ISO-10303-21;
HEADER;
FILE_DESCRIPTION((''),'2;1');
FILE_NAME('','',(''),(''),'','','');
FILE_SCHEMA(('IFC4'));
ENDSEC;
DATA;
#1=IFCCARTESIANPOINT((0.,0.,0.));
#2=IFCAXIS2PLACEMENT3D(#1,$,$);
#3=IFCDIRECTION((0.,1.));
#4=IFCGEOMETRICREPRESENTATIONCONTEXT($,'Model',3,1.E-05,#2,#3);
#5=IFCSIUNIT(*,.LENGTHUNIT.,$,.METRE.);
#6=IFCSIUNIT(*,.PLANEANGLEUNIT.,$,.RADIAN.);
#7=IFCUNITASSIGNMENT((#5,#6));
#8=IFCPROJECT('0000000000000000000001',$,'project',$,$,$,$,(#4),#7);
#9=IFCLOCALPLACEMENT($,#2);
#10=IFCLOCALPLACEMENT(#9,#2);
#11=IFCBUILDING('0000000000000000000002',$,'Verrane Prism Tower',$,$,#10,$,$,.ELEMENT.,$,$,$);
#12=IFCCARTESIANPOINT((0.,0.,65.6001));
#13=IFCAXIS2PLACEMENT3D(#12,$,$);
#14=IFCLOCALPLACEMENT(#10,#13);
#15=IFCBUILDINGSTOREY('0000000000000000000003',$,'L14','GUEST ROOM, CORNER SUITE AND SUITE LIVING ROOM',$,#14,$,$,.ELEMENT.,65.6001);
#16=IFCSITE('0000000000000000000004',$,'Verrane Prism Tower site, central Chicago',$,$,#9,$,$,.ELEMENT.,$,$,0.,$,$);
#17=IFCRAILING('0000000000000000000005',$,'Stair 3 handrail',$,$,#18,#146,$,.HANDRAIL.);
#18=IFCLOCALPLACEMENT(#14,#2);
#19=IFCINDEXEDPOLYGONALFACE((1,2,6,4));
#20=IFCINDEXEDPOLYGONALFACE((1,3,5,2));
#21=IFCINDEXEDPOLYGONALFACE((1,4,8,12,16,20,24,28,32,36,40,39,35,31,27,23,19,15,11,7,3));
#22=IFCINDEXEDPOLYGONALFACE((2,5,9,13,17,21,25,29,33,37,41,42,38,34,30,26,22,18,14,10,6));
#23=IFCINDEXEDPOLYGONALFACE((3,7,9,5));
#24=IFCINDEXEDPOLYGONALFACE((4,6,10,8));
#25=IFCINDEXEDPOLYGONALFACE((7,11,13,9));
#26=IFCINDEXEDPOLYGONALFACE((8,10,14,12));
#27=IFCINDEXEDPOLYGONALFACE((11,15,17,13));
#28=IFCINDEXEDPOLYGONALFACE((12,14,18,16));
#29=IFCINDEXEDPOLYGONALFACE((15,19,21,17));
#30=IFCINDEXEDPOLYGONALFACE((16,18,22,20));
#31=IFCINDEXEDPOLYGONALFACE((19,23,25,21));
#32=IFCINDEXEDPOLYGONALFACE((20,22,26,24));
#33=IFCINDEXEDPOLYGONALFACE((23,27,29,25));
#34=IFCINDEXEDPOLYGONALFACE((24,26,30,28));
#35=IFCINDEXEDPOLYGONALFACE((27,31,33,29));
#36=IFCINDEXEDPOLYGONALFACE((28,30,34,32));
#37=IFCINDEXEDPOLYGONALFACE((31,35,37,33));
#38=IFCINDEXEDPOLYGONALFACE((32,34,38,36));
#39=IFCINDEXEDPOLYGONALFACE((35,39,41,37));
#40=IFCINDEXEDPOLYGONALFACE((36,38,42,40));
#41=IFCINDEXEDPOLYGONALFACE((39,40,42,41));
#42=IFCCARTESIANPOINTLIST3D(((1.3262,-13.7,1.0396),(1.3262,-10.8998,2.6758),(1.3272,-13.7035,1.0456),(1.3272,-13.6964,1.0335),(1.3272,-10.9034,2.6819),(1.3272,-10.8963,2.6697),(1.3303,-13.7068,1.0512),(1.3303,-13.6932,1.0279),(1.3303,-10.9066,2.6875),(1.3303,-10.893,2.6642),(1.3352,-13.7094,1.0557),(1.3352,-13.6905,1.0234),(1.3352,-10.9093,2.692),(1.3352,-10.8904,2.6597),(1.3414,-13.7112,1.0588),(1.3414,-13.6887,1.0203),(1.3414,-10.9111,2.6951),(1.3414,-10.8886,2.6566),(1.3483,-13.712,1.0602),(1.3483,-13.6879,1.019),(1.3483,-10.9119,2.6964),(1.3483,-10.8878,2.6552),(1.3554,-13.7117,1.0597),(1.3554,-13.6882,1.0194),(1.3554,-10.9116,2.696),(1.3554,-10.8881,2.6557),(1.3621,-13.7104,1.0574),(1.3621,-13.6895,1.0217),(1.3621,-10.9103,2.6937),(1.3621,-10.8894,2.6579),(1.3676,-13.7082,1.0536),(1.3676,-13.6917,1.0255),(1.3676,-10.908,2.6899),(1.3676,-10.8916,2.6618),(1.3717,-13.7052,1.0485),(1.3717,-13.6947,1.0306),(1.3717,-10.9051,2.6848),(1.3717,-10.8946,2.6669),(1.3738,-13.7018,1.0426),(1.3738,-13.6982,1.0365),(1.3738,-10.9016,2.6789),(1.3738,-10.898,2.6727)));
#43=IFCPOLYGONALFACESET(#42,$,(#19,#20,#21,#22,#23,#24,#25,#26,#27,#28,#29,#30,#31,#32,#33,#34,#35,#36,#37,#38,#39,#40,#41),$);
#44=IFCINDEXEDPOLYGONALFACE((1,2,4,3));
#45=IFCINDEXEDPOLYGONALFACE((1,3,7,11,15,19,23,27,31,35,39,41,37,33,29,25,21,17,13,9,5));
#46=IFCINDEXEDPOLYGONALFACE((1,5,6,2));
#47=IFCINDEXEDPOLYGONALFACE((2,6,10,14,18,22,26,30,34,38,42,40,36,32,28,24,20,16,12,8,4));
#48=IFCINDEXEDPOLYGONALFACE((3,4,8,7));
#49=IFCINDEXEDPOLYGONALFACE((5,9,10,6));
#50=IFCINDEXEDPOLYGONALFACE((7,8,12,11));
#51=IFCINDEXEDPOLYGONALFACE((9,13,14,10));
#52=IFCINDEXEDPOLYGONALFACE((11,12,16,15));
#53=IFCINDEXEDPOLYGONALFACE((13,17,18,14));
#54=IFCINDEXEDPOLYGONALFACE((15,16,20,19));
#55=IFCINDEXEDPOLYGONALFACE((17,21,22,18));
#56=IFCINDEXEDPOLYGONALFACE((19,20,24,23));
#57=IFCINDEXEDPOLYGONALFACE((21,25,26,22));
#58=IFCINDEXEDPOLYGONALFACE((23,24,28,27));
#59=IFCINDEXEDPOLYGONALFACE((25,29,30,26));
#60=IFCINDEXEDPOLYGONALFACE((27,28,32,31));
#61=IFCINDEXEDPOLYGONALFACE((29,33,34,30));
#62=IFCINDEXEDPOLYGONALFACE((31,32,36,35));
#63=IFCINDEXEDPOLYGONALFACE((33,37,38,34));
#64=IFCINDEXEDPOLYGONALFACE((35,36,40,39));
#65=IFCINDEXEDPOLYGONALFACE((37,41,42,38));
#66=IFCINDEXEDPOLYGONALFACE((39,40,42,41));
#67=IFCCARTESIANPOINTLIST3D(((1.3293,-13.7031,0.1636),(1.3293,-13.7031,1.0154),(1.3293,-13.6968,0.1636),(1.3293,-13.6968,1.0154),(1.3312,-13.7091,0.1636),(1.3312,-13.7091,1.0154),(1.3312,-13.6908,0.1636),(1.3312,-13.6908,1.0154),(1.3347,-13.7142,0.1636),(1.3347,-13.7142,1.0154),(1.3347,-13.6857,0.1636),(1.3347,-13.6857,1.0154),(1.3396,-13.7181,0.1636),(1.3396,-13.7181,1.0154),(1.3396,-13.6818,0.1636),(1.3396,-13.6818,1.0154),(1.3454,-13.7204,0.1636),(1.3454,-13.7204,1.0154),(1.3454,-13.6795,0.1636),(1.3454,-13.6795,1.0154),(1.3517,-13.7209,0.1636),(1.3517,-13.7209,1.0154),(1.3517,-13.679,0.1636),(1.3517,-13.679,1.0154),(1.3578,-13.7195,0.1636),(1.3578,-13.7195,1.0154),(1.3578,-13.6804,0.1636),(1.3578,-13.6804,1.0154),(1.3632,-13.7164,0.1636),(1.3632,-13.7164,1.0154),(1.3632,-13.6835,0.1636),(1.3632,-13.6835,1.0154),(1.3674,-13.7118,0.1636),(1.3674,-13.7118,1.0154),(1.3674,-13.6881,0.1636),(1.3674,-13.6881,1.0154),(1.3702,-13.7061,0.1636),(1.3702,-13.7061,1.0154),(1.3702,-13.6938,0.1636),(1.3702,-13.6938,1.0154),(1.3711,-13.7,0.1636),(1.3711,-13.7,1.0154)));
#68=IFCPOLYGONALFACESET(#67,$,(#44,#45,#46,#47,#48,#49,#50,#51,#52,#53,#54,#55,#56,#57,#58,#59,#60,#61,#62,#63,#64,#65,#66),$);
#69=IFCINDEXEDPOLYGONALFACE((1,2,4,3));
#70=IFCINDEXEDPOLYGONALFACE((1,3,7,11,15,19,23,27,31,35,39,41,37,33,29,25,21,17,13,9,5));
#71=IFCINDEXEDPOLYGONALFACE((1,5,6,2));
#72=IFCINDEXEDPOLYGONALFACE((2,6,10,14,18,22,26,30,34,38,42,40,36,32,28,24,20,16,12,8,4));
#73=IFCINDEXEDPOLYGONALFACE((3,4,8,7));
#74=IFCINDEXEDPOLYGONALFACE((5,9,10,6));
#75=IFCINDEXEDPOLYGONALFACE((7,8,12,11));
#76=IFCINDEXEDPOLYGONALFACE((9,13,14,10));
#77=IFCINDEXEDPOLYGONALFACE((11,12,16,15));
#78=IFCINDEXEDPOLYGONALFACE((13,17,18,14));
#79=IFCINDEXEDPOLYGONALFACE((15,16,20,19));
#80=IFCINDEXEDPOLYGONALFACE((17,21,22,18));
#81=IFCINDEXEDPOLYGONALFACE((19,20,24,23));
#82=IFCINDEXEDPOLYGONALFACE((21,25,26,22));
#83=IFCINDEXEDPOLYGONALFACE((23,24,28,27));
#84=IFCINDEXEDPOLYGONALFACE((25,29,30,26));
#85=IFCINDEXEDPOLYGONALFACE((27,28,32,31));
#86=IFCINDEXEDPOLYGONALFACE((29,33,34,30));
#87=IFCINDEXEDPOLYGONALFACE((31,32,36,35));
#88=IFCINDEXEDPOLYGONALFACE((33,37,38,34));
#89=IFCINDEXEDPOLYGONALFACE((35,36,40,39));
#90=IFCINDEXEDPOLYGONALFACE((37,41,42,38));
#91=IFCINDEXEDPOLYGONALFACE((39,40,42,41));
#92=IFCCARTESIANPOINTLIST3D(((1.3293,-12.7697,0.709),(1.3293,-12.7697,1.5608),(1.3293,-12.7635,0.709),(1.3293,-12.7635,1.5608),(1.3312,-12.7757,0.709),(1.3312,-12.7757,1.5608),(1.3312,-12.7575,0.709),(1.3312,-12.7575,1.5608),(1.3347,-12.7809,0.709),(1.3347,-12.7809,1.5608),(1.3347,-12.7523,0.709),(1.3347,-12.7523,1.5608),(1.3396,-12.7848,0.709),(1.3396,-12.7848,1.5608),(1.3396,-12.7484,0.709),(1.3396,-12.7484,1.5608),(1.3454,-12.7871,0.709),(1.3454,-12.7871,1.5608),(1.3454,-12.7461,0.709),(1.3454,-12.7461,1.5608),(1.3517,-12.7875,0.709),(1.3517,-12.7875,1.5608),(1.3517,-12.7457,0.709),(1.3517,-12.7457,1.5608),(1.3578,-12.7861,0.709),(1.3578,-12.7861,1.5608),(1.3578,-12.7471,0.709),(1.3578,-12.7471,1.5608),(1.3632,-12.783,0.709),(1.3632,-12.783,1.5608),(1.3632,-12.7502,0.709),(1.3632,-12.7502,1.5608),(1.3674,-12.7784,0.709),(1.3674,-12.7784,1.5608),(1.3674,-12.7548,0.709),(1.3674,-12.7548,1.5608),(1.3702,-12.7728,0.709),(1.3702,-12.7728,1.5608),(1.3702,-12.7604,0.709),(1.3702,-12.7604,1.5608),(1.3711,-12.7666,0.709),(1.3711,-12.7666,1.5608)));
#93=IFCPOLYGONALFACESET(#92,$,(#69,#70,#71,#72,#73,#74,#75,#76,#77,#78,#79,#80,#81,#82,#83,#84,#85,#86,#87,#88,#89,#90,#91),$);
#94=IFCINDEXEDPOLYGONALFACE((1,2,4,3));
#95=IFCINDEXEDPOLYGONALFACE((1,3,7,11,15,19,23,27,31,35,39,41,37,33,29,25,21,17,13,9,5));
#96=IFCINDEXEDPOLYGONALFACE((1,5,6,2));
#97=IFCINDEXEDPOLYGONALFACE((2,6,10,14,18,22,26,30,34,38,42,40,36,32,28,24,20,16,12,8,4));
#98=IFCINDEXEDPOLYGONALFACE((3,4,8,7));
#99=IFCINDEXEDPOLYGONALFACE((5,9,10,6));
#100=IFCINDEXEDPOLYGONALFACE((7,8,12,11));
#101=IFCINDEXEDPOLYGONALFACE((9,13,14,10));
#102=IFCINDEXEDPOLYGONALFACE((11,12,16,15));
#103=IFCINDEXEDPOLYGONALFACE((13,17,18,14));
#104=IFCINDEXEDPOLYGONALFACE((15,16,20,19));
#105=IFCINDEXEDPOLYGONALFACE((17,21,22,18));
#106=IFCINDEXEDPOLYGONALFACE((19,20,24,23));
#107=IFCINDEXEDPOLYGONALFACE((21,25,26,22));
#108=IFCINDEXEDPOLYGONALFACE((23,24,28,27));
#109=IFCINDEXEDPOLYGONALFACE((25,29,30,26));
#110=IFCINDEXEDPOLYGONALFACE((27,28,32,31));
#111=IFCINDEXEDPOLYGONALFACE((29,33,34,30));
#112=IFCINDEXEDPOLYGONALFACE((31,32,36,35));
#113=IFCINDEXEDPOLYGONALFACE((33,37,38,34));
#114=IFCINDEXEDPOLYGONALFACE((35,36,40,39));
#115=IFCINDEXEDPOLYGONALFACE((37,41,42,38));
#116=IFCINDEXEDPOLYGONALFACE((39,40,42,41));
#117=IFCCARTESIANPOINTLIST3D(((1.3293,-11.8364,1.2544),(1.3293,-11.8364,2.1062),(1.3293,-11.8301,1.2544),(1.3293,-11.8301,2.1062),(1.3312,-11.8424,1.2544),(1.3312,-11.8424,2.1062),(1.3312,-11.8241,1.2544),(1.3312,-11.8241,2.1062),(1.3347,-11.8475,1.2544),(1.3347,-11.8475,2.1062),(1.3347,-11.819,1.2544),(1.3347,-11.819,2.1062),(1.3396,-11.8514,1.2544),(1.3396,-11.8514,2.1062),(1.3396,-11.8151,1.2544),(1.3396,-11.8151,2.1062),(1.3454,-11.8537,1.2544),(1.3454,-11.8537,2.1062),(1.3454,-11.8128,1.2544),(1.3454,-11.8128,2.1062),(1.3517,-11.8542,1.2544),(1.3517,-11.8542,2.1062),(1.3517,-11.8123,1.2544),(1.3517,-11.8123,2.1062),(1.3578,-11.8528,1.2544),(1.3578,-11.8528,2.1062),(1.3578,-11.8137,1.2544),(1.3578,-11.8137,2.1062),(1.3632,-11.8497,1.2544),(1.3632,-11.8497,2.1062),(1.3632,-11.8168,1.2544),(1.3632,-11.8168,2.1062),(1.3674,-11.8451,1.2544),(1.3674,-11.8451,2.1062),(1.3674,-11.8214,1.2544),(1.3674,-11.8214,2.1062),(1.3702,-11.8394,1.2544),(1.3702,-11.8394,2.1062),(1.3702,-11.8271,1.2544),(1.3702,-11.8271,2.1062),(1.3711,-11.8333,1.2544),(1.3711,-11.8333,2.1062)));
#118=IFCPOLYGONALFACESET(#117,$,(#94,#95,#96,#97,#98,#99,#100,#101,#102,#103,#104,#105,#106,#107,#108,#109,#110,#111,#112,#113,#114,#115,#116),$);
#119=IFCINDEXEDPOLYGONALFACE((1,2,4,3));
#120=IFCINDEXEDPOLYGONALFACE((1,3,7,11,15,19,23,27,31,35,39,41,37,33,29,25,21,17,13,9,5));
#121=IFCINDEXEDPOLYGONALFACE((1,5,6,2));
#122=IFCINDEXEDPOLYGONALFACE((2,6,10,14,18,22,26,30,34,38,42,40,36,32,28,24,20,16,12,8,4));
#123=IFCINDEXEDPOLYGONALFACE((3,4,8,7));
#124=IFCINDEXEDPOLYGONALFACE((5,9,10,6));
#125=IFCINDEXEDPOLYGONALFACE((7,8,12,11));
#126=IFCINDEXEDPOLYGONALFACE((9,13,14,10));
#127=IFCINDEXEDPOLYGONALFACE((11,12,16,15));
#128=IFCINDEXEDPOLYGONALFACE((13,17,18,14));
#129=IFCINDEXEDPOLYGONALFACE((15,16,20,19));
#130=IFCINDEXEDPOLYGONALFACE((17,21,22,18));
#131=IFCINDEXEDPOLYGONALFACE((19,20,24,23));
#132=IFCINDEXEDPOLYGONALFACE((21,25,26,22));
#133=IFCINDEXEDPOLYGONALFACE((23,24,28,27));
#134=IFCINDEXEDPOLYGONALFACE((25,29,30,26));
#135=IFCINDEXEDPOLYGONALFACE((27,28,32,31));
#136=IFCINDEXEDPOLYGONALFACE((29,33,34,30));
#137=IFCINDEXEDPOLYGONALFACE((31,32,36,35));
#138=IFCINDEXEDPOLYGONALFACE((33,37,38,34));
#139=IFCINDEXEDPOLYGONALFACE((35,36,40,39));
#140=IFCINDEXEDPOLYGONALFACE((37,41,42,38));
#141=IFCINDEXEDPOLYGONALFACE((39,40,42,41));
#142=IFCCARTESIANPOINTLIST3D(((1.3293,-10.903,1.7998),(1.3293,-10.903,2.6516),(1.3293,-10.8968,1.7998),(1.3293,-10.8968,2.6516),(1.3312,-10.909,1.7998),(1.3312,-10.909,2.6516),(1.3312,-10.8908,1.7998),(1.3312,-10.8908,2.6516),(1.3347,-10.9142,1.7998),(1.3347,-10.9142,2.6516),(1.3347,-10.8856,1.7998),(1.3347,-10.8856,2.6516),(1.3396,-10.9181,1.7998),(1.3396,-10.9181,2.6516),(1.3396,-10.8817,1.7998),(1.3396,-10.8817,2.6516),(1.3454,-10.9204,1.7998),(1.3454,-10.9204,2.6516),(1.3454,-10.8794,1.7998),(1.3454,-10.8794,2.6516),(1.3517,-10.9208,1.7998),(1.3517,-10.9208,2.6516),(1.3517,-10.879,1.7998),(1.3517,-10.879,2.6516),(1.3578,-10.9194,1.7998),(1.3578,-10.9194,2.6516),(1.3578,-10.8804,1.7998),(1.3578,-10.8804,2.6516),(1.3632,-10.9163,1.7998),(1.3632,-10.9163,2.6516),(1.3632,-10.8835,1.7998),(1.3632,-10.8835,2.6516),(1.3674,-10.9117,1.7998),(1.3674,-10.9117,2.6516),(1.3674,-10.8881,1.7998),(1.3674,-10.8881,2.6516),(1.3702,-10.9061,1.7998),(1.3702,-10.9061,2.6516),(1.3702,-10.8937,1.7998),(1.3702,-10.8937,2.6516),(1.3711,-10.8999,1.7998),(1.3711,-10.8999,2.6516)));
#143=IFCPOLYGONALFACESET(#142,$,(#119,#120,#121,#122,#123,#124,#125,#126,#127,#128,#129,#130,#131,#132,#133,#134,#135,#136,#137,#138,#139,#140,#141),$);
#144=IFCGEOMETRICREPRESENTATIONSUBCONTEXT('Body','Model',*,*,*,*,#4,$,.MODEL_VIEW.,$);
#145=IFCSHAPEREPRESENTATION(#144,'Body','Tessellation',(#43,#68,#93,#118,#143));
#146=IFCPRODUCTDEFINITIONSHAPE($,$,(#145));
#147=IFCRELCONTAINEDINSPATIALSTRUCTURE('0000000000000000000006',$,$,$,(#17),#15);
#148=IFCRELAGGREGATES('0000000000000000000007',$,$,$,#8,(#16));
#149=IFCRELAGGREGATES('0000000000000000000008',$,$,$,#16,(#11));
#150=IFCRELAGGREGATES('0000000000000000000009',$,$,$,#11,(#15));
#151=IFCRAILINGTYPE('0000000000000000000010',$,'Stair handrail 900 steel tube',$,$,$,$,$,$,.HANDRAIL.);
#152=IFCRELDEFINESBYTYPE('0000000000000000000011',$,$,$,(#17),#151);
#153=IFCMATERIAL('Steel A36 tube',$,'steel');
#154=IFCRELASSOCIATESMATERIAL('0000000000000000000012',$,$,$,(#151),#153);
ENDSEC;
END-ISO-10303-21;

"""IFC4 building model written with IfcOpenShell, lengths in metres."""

from ifc_helpers import new_model, si_unit, direction, frame, origin, origin_2d, place, context, subcontext, project, spatial, circle, extrude, material, type_object, element, save


model = new_model("IFC4")

# Units and contexts
model_context = context("Model", 3, precision=1e-05, world=origin(), true_north=direction((0.0, 1.0)))
body_context = subcontext(model_context, "Body", "Model", "MODEL_VIEW")
ifc_project = project(units=[si_unit("LENGTHUNIT", "METRE"), si_unit("PLANEANGLEUNIT", "RADIAN")], contexts=[model_context])

# Site, building, storey
site_placement = place(None, origin())
site = spatial("IfcSite", under=ifc_project, at=site_placement, Name="Verrane Prism Tower site, central Chicago", CompositionType="ELEMENT", RefElevation=0.0)
building_placement = place(site_placement, origin())
building = spatial("IfcBuilding", under=site, at=building_placement, Name="Verrane Prism Tower", CompositionType="ELEMENT")
storey_placement = place(building_placement, frame((0.0, 0.0, 65.6001)))
storey = spatial("IfcBuildingStorey", under=building, at=storey_placement, Name="L14", Description="GUEST ROOM, CORNER SUITE AND SUITE LIVING ROOM", CompositionType="ELEMENT", Elevation=65.6001)

# Railing
ifc_material_1 = material(Name="Steel A36 tube", Category="steel")
railing_type_1 = type_object("IfcRailingType", Name="Stair handrail 900 steel tube", PredefinedType="HANDRAIL", material=ifc_material_1)
railing_1_placement = place(storey_placement, frame((1.3501, -13.7, 0.1636)))
element("IfcRailing", 1, at=railing_1_placement, inside=storey, type_object=railing_type_1, Name="Stair 3 handrail", PredefinedType="HANDRAIL", context=body_context, shape_type="SweptSolid", body=[
    extrude(circle(Radius=0.0239, at=origin_2d()), frame((0.0, 0.0, 0.876), z_axis=(0.0, 0.863394, 0.504531), x_axis=(-1.0, 0.0, 0.0)), (0.0, 0.0, 1.0), 3.2432),
    extrude(circle(Radius=0.021, at=origin_2d()), origin(), (0.0, 0.0, 1.0), 0.8518),
    extrude(circle(Radius=0.021, at=origin_2d()), frame((0.0, 0.9333, 0.5454)), (0.0, 0.0, 1.0), 0.8518),
    extrude(circle(Radius=0.021, at=origin_2d()), frame((0.0, 1.8667, 1.0908)), (0.0, 0.0, 1.0), 0.8518),
    extrude(circle(Radius=0.021, at=origin_2d()), frame((0.0, 2.8, 1.6362)), (0.0, 0.0, 1.0), 0.8518),
])

save(model, "model.ifc")
